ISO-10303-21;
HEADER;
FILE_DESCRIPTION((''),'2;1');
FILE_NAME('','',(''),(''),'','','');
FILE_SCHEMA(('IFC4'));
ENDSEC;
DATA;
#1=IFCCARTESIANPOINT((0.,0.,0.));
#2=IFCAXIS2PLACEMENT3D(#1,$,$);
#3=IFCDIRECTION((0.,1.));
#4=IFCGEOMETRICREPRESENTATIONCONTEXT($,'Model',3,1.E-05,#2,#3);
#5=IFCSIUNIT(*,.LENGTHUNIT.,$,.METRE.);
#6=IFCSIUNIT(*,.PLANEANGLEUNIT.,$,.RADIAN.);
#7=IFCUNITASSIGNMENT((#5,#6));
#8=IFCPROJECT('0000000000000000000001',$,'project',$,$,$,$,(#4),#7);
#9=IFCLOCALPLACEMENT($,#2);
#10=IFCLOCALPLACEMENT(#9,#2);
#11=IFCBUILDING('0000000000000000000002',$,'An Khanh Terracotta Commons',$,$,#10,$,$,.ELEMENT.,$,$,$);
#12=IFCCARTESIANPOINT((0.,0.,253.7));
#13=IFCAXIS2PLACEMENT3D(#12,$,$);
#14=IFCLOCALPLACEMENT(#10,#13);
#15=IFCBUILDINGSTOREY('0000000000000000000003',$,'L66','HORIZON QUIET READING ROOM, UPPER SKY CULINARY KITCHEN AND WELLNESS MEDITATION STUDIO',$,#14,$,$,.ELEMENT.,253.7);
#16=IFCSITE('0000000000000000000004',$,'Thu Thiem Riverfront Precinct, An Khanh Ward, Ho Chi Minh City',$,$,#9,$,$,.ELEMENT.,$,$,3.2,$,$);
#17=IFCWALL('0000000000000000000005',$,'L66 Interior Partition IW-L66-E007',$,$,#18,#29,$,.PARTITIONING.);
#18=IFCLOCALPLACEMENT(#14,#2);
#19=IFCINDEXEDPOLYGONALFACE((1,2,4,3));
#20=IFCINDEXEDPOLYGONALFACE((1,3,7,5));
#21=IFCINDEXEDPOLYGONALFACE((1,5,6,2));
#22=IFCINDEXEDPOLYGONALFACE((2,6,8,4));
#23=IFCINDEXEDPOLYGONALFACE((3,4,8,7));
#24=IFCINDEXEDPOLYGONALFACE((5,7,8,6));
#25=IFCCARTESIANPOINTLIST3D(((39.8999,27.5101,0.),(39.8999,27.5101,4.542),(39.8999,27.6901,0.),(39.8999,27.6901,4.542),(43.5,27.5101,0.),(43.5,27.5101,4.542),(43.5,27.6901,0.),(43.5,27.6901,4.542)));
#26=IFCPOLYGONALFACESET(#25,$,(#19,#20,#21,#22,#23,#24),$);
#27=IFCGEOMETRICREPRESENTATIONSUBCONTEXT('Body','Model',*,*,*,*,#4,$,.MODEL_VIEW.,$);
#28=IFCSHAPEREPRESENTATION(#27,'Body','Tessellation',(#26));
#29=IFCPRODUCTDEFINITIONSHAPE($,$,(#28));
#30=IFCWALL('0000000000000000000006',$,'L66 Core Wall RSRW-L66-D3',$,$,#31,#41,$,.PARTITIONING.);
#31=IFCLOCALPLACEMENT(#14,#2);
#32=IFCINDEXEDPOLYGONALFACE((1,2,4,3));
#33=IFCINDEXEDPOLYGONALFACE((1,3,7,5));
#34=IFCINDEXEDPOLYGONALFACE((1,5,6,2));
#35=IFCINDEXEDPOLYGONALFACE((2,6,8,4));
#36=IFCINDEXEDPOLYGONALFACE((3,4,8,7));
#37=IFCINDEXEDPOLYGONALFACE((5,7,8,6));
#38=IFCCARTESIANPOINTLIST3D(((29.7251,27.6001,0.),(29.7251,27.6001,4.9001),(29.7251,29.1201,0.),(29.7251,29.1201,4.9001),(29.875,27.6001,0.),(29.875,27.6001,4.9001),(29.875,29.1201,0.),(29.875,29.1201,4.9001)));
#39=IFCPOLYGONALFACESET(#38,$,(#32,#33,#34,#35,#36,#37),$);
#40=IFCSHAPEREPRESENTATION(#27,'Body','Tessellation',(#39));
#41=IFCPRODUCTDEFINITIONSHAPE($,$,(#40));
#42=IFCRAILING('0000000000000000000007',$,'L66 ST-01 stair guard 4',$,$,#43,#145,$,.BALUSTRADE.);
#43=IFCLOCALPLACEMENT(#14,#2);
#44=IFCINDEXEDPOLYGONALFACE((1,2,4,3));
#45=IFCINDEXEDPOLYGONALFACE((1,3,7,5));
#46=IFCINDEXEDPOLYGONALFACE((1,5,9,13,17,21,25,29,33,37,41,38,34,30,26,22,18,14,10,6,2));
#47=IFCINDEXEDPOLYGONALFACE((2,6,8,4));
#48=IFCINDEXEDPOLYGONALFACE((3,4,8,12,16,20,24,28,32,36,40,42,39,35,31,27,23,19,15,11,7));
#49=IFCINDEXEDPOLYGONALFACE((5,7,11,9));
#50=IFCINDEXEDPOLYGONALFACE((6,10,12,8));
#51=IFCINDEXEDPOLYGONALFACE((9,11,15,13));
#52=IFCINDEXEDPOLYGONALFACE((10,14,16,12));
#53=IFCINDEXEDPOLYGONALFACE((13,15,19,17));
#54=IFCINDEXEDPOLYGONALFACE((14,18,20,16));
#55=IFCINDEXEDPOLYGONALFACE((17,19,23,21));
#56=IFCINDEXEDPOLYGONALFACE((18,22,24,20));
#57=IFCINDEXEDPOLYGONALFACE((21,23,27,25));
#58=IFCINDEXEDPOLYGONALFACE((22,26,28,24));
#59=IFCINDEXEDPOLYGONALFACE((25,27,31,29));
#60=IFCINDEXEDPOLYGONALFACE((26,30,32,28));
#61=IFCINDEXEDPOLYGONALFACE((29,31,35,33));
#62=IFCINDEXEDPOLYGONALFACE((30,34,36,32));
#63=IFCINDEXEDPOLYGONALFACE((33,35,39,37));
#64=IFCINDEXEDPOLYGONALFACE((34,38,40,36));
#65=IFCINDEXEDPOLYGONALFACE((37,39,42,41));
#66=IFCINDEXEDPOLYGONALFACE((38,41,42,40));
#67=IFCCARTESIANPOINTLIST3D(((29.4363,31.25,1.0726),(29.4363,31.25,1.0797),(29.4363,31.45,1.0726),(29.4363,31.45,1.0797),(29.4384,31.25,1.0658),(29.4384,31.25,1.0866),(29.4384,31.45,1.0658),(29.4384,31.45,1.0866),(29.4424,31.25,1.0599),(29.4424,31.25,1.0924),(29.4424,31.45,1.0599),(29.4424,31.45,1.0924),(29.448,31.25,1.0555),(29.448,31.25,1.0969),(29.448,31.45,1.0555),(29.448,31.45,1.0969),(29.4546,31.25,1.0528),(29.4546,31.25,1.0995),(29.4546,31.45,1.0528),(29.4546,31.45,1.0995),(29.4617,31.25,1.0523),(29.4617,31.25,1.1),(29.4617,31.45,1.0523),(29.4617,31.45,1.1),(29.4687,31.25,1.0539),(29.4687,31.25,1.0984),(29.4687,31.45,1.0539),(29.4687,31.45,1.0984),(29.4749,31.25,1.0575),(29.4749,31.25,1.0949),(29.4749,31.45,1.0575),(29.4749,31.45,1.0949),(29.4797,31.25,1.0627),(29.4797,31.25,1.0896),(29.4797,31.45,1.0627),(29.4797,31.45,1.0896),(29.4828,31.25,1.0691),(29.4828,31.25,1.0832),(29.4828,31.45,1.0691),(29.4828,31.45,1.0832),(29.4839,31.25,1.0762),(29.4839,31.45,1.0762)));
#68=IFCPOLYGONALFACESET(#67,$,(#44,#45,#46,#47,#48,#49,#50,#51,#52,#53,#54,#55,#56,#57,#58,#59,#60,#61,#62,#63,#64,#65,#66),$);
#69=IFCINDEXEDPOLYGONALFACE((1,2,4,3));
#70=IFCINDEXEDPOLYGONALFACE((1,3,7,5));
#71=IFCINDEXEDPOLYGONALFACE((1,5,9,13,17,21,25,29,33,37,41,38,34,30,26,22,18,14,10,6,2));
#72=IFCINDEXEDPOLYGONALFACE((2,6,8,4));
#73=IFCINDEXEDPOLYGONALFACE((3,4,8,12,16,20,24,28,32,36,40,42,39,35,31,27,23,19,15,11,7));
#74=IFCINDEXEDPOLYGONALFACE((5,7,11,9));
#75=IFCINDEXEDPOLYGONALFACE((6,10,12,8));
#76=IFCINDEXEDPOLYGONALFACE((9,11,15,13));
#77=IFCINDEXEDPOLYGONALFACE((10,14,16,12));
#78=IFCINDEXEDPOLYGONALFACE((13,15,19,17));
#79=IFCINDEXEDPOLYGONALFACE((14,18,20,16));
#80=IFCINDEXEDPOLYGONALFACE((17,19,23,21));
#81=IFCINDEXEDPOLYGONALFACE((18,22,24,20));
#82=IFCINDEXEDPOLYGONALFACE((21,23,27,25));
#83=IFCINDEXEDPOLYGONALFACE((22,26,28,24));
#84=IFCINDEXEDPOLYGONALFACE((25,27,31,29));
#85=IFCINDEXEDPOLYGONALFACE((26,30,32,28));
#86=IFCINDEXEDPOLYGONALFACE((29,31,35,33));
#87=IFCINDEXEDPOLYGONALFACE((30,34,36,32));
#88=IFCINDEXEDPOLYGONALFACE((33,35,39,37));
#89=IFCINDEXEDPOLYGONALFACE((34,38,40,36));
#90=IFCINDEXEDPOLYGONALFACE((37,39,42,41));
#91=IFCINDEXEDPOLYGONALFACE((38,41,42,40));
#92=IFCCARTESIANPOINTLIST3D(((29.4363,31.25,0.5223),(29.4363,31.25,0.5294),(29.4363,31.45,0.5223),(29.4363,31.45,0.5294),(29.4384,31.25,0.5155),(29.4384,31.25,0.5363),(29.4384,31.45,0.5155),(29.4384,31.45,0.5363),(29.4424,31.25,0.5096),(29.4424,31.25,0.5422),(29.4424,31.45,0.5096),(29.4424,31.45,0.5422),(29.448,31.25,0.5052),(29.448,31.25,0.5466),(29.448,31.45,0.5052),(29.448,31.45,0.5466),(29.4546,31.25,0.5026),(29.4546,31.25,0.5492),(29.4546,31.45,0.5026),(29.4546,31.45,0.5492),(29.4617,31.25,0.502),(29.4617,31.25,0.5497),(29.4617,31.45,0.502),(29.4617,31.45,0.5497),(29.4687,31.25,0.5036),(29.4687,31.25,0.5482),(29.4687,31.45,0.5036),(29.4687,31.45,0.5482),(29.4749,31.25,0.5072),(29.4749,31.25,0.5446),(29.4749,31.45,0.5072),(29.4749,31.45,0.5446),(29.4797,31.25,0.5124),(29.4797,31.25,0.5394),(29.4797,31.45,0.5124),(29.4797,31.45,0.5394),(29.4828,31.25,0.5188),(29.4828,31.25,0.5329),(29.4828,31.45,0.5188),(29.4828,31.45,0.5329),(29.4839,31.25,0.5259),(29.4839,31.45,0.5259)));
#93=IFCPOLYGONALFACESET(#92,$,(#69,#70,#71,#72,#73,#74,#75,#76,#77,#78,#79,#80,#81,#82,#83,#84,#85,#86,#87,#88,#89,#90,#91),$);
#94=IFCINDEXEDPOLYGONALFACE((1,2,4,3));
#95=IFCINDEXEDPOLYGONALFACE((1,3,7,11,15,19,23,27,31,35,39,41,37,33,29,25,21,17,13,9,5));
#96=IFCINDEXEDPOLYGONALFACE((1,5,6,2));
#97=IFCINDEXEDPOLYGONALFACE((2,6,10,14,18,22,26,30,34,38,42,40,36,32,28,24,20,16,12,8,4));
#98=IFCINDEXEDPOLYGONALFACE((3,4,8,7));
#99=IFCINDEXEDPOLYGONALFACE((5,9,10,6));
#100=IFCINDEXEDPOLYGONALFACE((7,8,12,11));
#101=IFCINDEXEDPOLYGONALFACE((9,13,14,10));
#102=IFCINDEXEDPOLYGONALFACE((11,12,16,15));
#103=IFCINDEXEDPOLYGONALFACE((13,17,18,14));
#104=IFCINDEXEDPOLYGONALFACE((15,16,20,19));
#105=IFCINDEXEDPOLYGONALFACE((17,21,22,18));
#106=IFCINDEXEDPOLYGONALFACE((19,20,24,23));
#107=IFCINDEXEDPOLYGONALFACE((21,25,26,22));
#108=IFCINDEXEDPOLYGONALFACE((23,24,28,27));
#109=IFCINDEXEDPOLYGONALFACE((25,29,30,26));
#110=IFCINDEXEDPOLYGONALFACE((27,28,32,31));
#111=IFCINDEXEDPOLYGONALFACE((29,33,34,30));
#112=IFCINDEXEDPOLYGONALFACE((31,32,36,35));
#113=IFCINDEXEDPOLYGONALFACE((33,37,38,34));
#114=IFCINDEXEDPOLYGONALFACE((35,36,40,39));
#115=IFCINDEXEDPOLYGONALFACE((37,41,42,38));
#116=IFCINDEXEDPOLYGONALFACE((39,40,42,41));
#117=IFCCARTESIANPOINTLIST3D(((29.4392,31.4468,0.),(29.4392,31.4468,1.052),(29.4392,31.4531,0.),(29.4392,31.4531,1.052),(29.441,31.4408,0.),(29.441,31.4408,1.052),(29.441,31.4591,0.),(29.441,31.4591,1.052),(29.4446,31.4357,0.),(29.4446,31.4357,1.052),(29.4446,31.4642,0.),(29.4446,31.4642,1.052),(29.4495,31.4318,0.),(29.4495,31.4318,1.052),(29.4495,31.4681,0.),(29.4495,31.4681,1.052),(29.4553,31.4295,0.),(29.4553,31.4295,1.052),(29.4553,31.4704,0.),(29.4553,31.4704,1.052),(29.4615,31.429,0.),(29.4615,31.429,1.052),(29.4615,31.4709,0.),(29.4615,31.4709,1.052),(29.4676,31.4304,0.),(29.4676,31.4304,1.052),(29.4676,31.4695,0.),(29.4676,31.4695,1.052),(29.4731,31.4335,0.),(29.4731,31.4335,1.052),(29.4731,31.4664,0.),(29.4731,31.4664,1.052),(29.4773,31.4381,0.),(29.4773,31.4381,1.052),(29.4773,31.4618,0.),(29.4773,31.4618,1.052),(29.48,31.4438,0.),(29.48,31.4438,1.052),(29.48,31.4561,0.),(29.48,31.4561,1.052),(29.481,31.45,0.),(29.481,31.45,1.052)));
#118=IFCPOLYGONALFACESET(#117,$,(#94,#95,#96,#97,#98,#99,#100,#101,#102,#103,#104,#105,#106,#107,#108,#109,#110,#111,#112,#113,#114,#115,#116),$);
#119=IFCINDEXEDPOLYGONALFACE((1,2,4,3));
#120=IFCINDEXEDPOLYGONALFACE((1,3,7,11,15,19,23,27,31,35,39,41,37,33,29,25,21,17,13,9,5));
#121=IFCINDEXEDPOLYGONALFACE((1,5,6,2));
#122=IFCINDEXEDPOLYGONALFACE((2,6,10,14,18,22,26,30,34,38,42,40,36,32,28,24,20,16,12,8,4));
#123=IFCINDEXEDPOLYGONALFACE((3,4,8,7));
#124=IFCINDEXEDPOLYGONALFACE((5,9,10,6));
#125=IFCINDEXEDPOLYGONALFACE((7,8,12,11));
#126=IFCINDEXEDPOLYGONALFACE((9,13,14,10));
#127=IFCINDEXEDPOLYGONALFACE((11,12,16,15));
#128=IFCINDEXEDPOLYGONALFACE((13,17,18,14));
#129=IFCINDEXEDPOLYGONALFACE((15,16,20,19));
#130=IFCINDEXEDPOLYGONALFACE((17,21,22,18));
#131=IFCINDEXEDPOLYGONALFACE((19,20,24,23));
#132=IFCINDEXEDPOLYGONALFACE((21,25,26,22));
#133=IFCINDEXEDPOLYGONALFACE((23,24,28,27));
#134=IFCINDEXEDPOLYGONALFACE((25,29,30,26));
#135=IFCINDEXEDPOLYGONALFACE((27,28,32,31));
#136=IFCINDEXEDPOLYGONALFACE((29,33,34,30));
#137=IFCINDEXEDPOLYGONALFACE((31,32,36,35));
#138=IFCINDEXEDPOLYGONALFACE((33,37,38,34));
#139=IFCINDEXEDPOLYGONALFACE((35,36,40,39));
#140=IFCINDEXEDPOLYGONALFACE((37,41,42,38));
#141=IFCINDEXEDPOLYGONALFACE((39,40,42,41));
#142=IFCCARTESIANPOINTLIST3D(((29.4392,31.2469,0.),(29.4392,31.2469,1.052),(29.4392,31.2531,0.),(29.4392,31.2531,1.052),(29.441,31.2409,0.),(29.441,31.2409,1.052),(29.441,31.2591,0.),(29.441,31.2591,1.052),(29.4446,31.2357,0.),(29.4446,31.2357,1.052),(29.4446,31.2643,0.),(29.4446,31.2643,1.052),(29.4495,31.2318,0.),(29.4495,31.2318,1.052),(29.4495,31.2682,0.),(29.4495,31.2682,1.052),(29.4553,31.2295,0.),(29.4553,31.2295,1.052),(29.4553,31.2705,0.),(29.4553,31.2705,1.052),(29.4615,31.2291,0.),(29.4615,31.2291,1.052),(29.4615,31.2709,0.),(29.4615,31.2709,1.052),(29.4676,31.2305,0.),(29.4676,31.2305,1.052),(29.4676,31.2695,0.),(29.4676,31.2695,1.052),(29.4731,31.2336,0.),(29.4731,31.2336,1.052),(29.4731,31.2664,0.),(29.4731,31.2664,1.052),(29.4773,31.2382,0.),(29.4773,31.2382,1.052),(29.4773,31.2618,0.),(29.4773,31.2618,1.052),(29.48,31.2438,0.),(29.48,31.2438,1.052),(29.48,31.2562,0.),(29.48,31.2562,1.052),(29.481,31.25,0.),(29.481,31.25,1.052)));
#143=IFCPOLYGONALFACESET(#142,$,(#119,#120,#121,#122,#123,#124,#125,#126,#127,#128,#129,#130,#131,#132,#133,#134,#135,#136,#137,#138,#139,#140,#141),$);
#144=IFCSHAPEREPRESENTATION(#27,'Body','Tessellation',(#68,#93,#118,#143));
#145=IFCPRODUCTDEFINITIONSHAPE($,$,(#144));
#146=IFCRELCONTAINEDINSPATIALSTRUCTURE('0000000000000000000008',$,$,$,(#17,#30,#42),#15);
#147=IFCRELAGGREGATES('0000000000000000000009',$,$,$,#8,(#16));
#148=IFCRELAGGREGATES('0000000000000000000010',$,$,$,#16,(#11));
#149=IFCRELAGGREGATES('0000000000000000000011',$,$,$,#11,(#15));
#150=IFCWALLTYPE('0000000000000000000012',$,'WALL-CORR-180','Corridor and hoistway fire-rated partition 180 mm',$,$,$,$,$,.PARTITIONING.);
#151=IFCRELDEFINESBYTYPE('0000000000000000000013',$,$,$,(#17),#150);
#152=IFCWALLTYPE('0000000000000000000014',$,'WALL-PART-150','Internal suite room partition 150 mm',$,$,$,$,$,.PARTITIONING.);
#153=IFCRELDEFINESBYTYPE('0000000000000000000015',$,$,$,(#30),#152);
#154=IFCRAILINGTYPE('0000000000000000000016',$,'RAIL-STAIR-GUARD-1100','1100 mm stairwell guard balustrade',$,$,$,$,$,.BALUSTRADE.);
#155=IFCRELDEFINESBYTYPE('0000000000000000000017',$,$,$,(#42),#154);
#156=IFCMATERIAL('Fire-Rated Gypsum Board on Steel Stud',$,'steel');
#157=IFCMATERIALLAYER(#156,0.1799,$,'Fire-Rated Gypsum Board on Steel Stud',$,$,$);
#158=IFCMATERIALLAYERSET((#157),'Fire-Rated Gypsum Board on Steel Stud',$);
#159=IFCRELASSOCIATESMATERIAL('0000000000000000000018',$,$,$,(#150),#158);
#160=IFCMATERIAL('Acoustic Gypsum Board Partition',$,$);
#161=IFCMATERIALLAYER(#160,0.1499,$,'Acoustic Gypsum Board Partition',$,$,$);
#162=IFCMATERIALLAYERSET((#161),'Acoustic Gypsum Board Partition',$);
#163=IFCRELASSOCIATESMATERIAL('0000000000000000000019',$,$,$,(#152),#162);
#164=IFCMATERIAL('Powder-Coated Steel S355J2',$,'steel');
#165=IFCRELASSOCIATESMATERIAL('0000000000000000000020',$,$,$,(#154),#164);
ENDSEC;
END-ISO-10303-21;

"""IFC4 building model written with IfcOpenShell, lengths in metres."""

from ifc_helpers import new_model, si_unit, direction, frame, frame_2d, origin, origin_2d, place, context, subcontext, project, spatial, rectangle, circle, extrude, material, layer, layer_set, type_object, element, save


model = new_model("IFC4")

# Units and contexts
model_context = context("Model", 3, precision=1e-05, world=origin(), true_north=direction((0.0, 1.0)))
body_context = subcontext(model_context, "Body", "Model", "MODEL_VIEW")
ifc_project = project(units=[si_unit("LENGTHUNIT", "METRE"), si_unit("PLANEANGLEUNIT", "RADIAN")], contexts=[model_context])

# Site, building, storey
site_placement = place(None, origin())
site = spatial("IfcSite", under=ifc_project, at=site_placement, Name="Thu Thiem Riverfront Precinct, An Khanh Ward, Ho Chi Minh City", CompositionType="ELEMENT", RefElevation=3.2)
building_placement = place(site_placement, origin())
building = spatial("IfcBuilding", under=site, at=building_placement, Name="An Khanh Terracotta Commons", CompositionType="ELEMENT")
storey_placement = place(building_placement, frame((0.0, 0.0, 253.7)))
storey = spatial("IfcBuildingStorey", under=building, at=storey_placement, Name="L66", Description="HORIZON QUIET READING ROOM, UPPER SKY CULINARY KITCHEN AND WELLNESS MEDITATION STUDIO", CompositionType="ELEMENT", Elevation=253.7)

# Shared definitions
ifc_material_1 = material(Name="Fire-Rated Gypsum Board on Steel Stud", Category="steel")
ifc_layer_1 = layer(ifc_material_1, 0.1799, Name="Fire-Rated Gypsum Board on Steel Stud")
ifc_layer_set_1 = layer_set([ifc_layer_1], Name="Fire-Rated Gypsum Board on Steel Stud")
wall_type_1 = type_object("IfcWallType", Name="WALL-CORR-180", Description="Corridor and hoistway fire-rated partition 180 mm", PredefinedType="PARTITIONING", material=ifc_layer_set_1)

# Walls
wall_1_placement = place(storey_placement, frame((39.8999, 27.6001, 0.0), z_axis=(0.0, 0.0, 1.0), x_axis=(1.0, 0.0, 0.0)))
element("IfcWall", 1, at=wall_1_placement, inside=storey, type_object=wall_type_1, Name="L66 Interior Partition IW-L66-E007", PredefinedType="PARTITIONING", context=body_context, shape_type="SweptSolid", body=[
    extrude(rectangle(XDim=3.6001, YDim=0.1799, at=frame_2d((1.8, 0.0))), origin(), (0.0, 0.0, 1.0), 4.542),
])
ifc_material_2 = material(Name="Acoustic Gypsum Board Partition")
ifc_layer_2 = layer(ifc_material_2, 0.1499, Name="Acoustic Gypsum Board Partition")
ifc_layer_set_2 = layer_set([ifc_layer_2], Name="Acoustic Gypsum Board Partition")
wall_type_2 = type_object("IfcWallType", Name="WALL-PART-150", Description="Internal suite room partition 150 mm", PredefinedType="PARTITIONING", material=ifc_layer_set_2)
wall_2_placement = place(storey_placement, frame((29.8, 27.6001, 0.0), z_axis=(0.0, 0.0, 1.0), x_axis=(0.0, 1.0, 0.0)))
element("IfcWall", 2, at=wall_2_placement, inside=storey, type_object=wall_type_2, Name="L66 Core Wall RSRW-L66-D3", PredefinedType="PARTITIONING", context=body_context, shape_type="SweptSolid", body=[
    extrude(rectangle(XDim=1.52, YDim=0.1499, at=frame_2d((0.76, 0.0))), origin(), (0.0, 0.0, 1.0), 4.9001),
])

# Railing
ifc_material_3 = material(Name="Powder-Coated Steel S355J2", Category="steel")
railing_type_1 = type_object("IfcRailingType", Name="RAIL-STAIR-GUARD-1100", Description="1100 mm stairwell guard balustrade", PredefinedType="BALUSTRADE", material=ifc_material_3)
railing_1_placement = place(storey_placement, frame((29.46, 31.45, 0.0)))
element("IfcRailing", 3, at=railing_1_placement, inside=storey, type_object=railing_type_1, Name="L66 ST-01 stair guard 4", PredefinedType="BALUSTRADE", context=body_context, shape_type="SweptSolid", body=[
    extrude(circle(Radius=0.0239, at=origin_2d()), frame((0.0, 0.0, 1.0762), z_axis=(0.0, -1.0, 0.0), x_axis=(1.0, 0.0, 0.0)), (0.0, 0.0, 1.0), 0.2),
    extrude(circle(Radius=0.0239, at=origin_2d()), frame((0.0, 0.0, 0.5259), z_axis=(0.0, -1.0, 0.0), x_axis=(1.0, 0.0, 0.0)), (0.0, 0.0, 1.0), 0.2),
    extrude(circle(Radius=0.021, at=origin_2d()), origin(), (0.0, 0.0, 1.0), 1.052),
    extrude(circle(Radius=0.021, at=origin_2d()), frame((0.0, -0.2, 0.0)), (0.0, 0.0, 1.0), 1.052),
])

save(model, "model.ifc")
